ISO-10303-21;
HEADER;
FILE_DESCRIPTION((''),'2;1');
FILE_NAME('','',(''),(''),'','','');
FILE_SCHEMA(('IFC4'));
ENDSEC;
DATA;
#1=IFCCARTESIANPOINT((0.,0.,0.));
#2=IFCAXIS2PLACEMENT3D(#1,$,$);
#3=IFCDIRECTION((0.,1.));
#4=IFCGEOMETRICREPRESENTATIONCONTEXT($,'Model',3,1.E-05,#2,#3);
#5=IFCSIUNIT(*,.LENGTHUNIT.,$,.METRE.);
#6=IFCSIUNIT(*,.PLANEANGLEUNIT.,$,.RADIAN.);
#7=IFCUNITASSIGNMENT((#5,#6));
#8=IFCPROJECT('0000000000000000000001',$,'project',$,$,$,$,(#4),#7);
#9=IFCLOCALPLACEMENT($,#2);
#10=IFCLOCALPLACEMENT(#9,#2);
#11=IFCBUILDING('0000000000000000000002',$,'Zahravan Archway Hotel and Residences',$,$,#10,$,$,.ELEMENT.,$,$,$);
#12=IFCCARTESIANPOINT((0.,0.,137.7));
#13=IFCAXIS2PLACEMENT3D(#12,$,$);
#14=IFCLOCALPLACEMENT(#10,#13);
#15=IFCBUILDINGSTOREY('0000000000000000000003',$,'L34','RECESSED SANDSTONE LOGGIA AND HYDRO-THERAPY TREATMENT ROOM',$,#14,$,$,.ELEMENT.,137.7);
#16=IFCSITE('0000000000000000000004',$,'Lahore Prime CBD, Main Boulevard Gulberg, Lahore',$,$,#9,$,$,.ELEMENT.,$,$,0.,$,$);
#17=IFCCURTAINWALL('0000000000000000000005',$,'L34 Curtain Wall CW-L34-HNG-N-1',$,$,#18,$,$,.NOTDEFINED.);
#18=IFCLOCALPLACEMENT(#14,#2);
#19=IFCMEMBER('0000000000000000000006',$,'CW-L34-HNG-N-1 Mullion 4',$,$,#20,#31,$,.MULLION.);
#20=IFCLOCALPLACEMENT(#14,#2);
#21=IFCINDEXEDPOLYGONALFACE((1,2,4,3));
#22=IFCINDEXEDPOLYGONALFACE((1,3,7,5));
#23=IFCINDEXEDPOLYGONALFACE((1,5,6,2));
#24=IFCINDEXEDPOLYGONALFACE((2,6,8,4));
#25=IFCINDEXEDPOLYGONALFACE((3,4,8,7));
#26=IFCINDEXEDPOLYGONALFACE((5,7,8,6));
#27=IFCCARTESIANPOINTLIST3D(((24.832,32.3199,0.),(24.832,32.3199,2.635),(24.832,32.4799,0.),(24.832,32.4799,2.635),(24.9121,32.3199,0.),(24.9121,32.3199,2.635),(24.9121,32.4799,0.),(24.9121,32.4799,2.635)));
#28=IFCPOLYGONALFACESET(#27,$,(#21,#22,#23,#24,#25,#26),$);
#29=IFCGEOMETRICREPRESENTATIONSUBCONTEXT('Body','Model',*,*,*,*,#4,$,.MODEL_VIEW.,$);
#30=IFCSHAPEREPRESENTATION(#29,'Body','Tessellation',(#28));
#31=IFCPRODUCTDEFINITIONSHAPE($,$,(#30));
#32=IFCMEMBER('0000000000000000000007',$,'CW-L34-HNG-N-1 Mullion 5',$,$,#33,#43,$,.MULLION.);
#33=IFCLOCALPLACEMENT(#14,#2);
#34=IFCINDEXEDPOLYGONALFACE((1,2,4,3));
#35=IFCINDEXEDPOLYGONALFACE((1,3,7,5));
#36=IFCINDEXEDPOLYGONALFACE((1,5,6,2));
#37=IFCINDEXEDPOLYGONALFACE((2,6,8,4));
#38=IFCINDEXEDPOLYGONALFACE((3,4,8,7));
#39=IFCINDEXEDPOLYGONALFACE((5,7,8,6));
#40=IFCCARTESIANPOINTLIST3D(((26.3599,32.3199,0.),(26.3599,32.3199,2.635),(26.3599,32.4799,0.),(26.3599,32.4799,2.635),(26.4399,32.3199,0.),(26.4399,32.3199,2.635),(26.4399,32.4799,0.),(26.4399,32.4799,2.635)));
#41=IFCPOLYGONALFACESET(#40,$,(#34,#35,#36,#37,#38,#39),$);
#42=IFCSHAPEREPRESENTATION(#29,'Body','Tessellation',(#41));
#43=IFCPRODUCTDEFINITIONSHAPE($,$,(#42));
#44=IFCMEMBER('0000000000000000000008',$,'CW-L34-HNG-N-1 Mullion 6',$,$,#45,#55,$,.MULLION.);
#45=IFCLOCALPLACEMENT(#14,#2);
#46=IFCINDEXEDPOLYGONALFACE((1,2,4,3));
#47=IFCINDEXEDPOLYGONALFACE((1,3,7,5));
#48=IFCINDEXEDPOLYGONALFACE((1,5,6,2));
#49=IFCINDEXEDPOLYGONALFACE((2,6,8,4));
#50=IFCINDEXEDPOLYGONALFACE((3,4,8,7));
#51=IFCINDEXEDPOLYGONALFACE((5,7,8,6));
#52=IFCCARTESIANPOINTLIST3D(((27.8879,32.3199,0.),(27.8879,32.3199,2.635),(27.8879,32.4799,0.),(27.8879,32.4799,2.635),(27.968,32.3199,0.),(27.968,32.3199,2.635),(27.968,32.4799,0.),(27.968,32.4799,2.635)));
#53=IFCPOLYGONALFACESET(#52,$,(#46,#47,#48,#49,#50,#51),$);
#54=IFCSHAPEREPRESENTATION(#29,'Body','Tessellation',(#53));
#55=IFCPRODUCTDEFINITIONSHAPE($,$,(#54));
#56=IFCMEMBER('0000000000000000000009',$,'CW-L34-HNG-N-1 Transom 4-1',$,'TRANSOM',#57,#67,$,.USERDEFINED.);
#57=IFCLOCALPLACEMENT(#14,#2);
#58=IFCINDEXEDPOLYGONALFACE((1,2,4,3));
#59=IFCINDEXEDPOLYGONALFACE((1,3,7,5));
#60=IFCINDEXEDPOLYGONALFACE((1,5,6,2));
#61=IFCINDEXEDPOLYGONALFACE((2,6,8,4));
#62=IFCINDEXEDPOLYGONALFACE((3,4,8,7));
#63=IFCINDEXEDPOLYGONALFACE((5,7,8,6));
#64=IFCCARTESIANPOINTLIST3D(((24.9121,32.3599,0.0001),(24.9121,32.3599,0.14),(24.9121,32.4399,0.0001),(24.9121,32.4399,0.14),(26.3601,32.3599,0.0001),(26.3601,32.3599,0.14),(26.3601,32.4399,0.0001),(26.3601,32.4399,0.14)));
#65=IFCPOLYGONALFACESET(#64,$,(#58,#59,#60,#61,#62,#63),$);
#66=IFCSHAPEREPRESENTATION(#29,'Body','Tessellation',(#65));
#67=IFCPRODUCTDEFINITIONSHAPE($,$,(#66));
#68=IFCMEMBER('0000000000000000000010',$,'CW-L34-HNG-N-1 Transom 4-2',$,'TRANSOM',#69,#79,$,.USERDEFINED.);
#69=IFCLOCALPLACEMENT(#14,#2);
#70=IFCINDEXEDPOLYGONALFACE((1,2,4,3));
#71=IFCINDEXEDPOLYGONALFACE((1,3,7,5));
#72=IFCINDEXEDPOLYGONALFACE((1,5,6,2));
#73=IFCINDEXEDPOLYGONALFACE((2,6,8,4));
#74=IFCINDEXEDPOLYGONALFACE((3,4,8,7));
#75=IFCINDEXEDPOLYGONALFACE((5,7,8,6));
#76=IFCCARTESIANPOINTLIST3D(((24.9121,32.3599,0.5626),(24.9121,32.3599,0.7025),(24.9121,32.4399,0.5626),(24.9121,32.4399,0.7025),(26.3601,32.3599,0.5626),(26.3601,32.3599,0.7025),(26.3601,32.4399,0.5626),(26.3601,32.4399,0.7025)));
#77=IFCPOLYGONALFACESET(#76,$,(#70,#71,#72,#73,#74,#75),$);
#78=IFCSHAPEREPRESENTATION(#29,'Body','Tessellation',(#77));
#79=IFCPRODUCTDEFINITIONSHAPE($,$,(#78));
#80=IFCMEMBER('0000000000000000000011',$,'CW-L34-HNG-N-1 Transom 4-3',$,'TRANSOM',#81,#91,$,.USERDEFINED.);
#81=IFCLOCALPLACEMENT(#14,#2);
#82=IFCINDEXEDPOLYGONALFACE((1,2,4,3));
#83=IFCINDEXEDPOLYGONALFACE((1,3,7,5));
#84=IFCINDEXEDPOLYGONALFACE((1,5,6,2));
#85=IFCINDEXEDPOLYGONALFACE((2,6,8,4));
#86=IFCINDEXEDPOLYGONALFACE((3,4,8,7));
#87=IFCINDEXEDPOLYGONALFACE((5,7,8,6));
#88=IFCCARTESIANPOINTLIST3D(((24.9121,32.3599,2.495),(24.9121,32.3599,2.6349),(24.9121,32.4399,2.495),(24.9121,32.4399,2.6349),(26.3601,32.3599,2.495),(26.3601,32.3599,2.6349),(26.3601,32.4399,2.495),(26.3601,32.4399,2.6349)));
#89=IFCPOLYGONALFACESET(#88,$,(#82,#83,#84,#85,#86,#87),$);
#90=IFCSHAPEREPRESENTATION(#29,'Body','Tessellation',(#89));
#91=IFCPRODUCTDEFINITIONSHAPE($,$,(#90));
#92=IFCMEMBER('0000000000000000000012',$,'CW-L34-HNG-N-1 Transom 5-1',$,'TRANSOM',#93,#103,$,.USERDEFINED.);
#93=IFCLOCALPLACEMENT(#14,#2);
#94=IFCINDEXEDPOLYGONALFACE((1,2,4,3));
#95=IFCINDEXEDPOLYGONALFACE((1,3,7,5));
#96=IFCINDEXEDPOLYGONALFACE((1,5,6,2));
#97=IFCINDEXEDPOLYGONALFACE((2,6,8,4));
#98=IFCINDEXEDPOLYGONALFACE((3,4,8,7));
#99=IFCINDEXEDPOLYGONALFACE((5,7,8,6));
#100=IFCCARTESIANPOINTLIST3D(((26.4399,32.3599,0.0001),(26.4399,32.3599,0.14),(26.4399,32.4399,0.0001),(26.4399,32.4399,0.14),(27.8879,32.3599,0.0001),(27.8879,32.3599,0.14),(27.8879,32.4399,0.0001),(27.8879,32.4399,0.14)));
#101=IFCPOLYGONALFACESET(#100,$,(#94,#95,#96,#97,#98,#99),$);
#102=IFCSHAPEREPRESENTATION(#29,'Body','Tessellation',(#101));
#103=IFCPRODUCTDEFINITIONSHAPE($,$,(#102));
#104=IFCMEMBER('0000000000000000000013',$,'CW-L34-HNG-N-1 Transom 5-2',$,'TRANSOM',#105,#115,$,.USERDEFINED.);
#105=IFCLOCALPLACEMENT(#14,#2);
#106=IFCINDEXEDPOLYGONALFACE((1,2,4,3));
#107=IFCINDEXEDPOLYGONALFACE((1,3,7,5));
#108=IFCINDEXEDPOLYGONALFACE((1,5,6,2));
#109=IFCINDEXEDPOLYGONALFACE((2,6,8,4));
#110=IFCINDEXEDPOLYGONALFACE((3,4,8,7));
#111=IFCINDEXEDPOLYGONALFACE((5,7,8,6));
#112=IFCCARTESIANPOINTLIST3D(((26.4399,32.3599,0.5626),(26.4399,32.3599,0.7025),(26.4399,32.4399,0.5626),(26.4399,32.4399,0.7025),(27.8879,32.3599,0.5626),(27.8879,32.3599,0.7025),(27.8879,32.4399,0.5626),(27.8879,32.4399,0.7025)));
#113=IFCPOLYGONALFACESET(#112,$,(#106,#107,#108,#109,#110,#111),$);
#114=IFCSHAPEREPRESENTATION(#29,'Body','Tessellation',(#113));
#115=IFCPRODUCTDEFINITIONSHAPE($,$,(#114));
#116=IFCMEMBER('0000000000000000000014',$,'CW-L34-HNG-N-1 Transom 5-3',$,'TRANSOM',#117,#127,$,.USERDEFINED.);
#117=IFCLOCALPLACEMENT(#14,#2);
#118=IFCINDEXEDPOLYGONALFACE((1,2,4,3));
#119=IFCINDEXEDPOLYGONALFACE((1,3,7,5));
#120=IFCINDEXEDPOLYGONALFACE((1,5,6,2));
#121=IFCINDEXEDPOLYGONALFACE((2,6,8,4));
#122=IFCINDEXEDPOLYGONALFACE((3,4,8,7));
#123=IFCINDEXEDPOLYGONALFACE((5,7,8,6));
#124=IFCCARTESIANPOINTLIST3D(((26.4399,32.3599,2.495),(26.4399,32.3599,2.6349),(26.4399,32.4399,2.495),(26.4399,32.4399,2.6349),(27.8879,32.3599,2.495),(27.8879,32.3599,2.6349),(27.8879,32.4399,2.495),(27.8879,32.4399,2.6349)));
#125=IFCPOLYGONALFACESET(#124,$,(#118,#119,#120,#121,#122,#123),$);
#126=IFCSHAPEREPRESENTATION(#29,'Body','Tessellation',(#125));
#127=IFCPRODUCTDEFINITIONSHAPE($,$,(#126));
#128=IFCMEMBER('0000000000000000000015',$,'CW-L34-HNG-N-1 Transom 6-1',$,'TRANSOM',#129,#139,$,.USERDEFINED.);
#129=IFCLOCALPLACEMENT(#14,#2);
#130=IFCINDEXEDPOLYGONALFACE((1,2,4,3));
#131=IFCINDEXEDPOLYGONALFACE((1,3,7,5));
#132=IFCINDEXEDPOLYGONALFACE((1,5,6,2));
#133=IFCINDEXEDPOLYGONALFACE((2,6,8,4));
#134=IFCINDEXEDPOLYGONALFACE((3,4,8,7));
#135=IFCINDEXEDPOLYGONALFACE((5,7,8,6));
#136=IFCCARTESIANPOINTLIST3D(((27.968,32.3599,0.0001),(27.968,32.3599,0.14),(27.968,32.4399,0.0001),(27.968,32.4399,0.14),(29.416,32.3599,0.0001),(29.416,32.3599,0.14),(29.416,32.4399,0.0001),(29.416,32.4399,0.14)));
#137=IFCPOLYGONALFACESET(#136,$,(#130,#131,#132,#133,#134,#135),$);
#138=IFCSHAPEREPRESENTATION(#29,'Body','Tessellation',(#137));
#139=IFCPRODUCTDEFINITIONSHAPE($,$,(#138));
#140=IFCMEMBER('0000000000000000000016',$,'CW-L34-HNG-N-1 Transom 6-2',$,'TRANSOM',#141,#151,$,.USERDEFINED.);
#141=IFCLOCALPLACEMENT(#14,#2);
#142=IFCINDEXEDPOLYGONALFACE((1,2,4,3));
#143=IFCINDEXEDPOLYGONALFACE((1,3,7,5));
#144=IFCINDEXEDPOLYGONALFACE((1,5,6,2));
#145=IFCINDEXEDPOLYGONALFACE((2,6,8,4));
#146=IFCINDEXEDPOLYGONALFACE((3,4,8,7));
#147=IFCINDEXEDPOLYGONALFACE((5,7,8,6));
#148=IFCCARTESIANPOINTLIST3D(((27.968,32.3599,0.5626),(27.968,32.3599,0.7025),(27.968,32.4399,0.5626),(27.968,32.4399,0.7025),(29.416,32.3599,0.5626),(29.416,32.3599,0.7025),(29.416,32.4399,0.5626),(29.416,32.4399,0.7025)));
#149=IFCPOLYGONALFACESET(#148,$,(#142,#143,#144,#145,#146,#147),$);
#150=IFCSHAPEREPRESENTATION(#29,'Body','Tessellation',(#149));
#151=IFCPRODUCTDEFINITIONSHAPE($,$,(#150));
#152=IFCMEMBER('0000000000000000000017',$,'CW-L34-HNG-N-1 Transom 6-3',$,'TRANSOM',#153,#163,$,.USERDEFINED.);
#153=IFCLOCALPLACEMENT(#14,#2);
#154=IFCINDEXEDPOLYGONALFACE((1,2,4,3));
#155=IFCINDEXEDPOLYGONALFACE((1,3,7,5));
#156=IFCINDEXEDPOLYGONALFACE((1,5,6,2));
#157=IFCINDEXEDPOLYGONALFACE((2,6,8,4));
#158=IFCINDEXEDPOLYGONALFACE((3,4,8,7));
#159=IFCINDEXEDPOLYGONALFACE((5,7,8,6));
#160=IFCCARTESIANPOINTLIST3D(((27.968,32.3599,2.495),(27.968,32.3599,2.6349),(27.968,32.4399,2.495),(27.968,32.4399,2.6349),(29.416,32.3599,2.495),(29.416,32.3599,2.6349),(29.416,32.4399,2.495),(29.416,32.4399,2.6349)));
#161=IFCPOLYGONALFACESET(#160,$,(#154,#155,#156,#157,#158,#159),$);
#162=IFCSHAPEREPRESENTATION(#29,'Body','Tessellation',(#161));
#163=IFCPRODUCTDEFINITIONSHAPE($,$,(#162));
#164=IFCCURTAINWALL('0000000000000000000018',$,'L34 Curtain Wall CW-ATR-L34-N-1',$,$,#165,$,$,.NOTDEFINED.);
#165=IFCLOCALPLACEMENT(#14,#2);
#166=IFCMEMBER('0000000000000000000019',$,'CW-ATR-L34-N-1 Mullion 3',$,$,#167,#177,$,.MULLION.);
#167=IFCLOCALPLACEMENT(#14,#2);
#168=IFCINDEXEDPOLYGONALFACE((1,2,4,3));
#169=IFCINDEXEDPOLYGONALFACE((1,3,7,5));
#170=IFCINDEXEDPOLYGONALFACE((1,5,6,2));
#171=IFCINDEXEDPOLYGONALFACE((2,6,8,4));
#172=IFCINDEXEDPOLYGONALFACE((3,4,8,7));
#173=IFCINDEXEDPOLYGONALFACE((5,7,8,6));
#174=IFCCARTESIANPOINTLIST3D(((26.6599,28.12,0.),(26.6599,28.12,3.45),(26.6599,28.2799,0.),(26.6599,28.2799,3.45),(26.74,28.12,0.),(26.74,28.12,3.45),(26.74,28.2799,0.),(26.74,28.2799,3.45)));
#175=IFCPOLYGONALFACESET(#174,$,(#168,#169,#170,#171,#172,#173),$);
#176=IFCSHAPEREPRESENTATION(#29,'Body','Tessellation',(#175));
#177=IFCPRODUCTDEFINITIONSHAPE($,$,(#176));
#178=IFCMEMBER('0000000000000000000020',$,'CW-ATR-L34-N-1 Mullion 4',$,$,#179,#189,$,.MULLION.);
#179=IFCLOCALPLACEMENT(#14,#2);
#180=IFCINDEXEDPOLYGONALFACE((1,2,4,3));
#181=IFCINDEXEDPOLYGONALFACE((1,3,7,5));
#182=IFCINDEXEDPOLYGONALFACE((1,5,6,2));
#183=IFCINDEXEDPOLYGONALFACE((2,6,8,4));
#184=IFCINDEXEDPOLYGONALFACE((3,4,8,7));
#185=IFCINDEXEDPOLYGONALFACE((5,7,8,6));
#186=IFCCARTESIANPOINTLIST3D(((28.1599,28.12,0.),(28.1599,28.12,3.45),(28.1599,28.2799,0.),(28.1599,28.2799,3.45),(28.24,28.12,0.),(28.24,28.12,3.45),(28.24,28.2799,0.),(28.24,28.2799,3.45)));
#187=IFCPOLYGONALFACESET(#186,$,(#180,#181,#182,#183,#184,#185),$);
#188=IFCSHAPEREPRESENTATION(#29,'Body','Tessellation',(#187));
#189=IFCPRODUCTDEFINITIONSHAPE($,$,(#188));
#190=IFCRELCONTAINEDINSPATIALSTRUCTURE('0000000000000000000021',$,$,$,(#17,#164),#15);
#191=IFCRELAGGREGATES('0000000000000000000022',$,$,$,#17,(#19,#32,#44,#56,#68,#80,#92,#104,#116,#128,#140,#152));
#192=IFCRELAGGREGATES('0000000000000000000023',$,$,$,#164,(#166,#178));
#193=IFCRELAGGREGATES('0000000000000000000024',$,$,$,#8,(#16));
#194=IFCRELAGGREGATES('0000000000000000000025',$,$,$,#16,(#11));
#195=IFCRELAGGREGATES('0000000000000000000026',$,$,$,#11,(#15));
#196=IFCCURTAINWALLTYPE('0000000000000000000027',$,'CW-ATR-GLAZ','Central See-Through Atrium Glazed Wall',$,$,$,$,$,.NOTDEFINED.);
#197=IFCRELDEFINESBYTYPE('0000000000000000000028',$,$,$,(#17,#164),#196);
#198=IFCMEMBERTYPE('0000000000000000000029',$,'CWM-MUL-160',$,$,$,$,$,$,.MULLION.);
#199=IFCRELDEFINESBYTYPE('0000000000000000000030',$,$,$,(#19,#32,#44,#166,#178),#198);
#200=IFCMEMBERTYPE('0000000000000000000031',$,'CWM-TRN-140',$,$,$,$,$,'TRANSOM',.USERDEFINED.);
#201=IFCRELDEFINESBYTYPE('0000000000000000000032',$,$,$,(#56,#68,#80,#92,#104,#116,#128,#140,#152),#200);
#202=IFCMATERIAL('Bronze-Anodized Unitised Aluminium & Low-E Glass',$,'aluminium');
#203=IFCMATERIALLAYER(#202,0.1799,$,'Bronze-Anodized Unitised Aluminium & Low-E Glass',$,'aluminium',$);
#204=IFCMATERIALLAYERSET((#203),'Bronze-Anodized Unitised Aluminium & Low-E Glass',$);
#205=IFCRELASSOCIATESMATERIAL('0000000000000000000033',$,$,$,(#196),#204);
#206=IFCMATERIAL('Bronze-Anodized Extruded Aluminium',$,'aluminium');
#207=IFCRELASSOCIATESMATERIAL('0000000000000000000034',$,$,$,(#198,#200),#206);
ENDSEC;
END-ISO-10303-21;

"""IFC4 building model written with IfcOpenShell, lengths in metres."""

from ifc_helpers import new_model, si_unit, direction, frame, origin, origin_2d, place, context, subcontext, project, spatial, rectangle, extrude, source, transform, mapped, material, layer, layer_set, material_profile, profile_set, type_object, element, aggregate, save


model = new_model("IFC4")

# Units and contexts
model_context = context("Model", 3, precision=1e-05, world=origin(), true_north=direction((0.0, 1.0)))
body_context = subcontext(model_context, "Body", "Model", "MODEL_VIEW")
ifc_project = project(units=[si_unit("LENGTHUNIT", "METRE"), si_unit("PLANEANGLEUNIT", "RADIAN")], contexts=[model_context])

# Site, building, storey
site_placement = place(None, origin())
site = spatial("IfcSite", under=ifc_project, at=site_placement, Name="Lahore Prime CBD, Main Boulevard Gulberg, Lahore", CompositionType="ELEMENT", RefElevation=0.0)
building_placement = place(site_placement, origin())
building = spatial("IfcBuilding", under=site, at=building_placement, Name="Zahravan Archway Hotel and Residences", CompositionType="ELEMENT")
storey_placement = place(building_placement, frame((0.0, 0.0, 137.7)))
storey = spatial("IfcBuildingStorey", under=building, at=storey_placement, Name="L34", Description="RECESSED SANDSTONE LOGGIA AND HYDRO-THERAPY TREATMENT ROOM", CompositionType="ELEMENT", Elevation=137.7)

# Curtain walls, members
ifc_material_1 = material(Name="Bronze-Anodized Unitised Aluminium & Low-E Glass", Category="aluminium")
ifc_layer_1 = layer(ifc_material_1, 0.1799, Name="Bronze-Anodized Unitised Aluminium & Low-E Glass", Category="aluminium")
ifc_layer_set_1 = layer_set([ifc_layer_1], Name="Bronze-Anodized Unitised Aluminium & Low-E Glass")
curtain_wall_type = type_object("IfcCurtainWallType", Name="CW-ATR-GLAZ", Description="Central See-Through Atrium Glazed Wall", PredefinedType="NOTDEFINED", material=ifc_layer_set_1)
curtain_wall_1_placement = place(storey_placement, origin())
curtain_wall_1 = element("IfcCurtainWall", 1, at=curtain_wall_1_placement, inside=storey, type_object=curtain_wall_type, Name="L34 Curtain Wall CW-L34-HNG-N-1", PredefinedType="NOTDEFINED")
ifc_material_2 = material(Name="Bronze-Anodized Extruded Aluminium", Category="aluminium")
ifc_material_profile_1 = material_profile(ifc_material_2, rectangle(XDim=0.0801, YDim=0.1599, at=origin_2d()), Name="MUL 80x160", Category="aluminium")
ifc_profile_set_1 = profile_set([ifc_material_profile_1], Name="Bronze-Anodized Extruded Aluminium")
member_type_1 = type_object("IfcMemberType", Name="CWM-MUL-160", PredefinedType="MULLION", material=ifc_profile_set_1)
shared_shape_1 = source(origin(), body_context, "Body", "SweptSolid", [
    extrude(rectangle(XDim=0.0801, YDim=0.1599, at=origin_2d()), origin(), (0.0, 0.0, 1.0), 2.635),
])
member_1_placement = place(storey_placement, frame((24.8721, 32.3999, 0.0), z_axis=(0.0, 0.0, 1.0), x_axis=(1.0, 0.0, 0.0)))
member_1 = element("IfcMember", 2, at=member_1_placement, type_object=member_type_1, Name="CW-L34-HNG-N-1 Mullion 4", PredefinedType="MULLION", context=body_context, shape_type="MappedRepresentation", body=[
    mapped(shared_shape_1, transform((0.0, 0.0, 0.0), scale=1.0)),
])
member_2_placement = place(storey_placement, frame((26.3999, 32.3999, 0.0), z_axis=(0.0, 0.0, 1.0), x_axis=(1.0, 0.0, 0.0)))
member_2 = element("IfcMember", 3, at=member_2_placement, type_object=member_type_1, Name="CW-L34-HNG-N-1 Mullion 5", PredefinedType="MULLION", context=body_context, shape_type="MappedRepresentation", body=[
    mapped(shared_shape_1, transform((0.0, 0.0, 0.0), scale=1.0)),
])
member_3_placement = place(storey_placement, frame((27.928, 32.3999, 0.0), z_axis=(0.0, 0.0, 1.0), x_axis=(1.0, 0.0, 0.0)))
member_3 = element("IfcMember", 4, at=member_3_placement, type_object=member_type_1, Name="CW-L34-HNG-N-1 Mullion 6", PredefinedType="MULLION", context=body_context, shape_type="MappedRepresentation", body=[
    mapped(shared_shape_1, transform((0.0, 0.0, 0.0), scale=1.0)),
])
ifc_material_profile_2 = material_profile(ifc_material_2, rectangle(XDim=0.0801, YDim=0.1399, at=origin_2d()), Name="TRN 80x140", Category="aluminium")
ifc_profile_set_2 = profile_set([ifc_material_profile_2], Name="Bronze-Anodized Extruded Aluminium")
member_type_2 = type_object("IfcMemberType", Name="CWM-TRN-140", ElementType="TRANSOM", PredefinedType="USERDEFINED", material=ifc_profile_set_2)
shared_shape_2 = source(origin(), body_context, "Body", "SweptSolid", [
    extrude(rectangle(XDim=0.0801, YDim=0.1399, at=origin_2d()), origin(), (0.0, 0.0, 1.0), 1.448),
])
member_4_placement = place(storey_placement, frame((24.9121, 32.3999, 0.0701), z_axis=(1.0, 0.0, 0.0), x_axis=(0.0, 1.0, 0.0)))
member_4 = element("IfcMember", 5, at=member_4_placement, type_object=member_type_2, Name="CW-L34-HNG-N-1 Transom 4-1", ObjectType="TRANSOM", PredefinedType="USERDEFINED", context=body_context, shape_type="MappedRepresentation", body=[
    mapped(shared_shape_2, transform((0.0, 0.0, 0.0), scale=1.0)),
])
member_5_placement = place(storey_placement, frame((24.9121, 32.3999, 0.6326), z_axis=(1.0, 0.0, 0.0), x_axis=(0.0, 1.0, 0.0)))
member_5 = element("IfcMember", 6, at=member_5_placement, type_object=member_type_2, Name="CW-L34-HNG-N-1 Transom 4-2", ObjectType="TRANSOM", PredefinedType="USERDEFINED", context=body_context, shape_type="MappedRepresentation", body=[
    mapped(shared_shape_2, transform((0.0, 0.0, 0.0), scale=1.0)),
])
member_6_placement = place(storey_placement, frame((24.9121, 32.3999, 2.5649), z_axis=(1.0, 0.0, 0.0), x_axis=(0.0, 1.0, 0.0)))
member_6 = element("IfcMember", 7, at=member_6_placement, type_object=member_type_2, Name="CW-L34-HNG-N-1 Transom 4-3", ObjectType="TRANSOM", PredefinedType="USERDEFINED", context=body_context, shape_type="MappedRepresentation", body=[
    mapped(shared_shape_2, transform((0.0, 0.0, 0.0), scale=1.0)),
])
member_7_placement = place(storey_placement, frame((26.4399, 32.3999, 0.0701), z_axis=(1.0, 0.0, 0.0), x_axis=(0.0, 1.0, 0.0)))
member_7 = element("IfcMember", 8, at=member_7_placement, type_object=member_type_2, Name="CW-L34-HNG-N-1 Transom 5-1", ObjectType="TRANSOM", PredefinedType="USERDEFINED", context=body_context, shape_type="MappedRepresentation", body=[
    mapped(shared_shape_2, transform((0.0, 0.0, 0.0), scale=1.0)),
])
member_8_placement = place(storey_placement, frame((26.4399, 32.3999, 0.6326), z_axis=(1.0, 0.0, 0.0), x_axis=(0.0, 1.0, 0.0)))
member_8 = element("IfcMember", 9, at=member_8_placement, type_object=member_type_2, Name="CW-L34-HNG-N-1 Transom 5-2", ObjectType="TRANSOM", PredefinedType="USERDEFINED", context=body_context, shape_type="MappedRepresentation", body=[
    mapped(shared_shape_2, transform((0.0, 0.0, 0.0), scale=1.0)),
])
member_9_placement = place(storey_placement, frame((26.4399, 32.3999, 2.5649), z_axis=(1.0, 0.0, 0.0), x_axis=(0.0, 1.0, 0.0)))
member_9 = element("IfcMember", 10, at=member_9_placement, type_object=member_type_2, Name="CW-L34-HNG-N-1 Transom 5-3", ObjectType="TRANSOM", PredefinedType="USERDEFINED", context=body_context, shape_type="MappedRepresentation", body=[
    mapped(shared_shape_2, transform((0.0, 0.0, 0.0), scale=1.0)),
])
member_10_placement = place(storey_placement, frame((27.968, 32.3999, 0.0701), z_axis=(1.0, 0.0, 0.0), x_axis=(0.0, 1.0, 0.0)))
member_10 = element("IfcMember", 11, at=member_10_placement, type_object=member_type_2, Name="CW-L34-HNG-N-1 Transom 6-1", ObjectType="TRANSOM", PredefinedType="USERDEFINED", context=body_context, shape_type="MappedRepresentation", body=[
    mapped(shared_shape_2, transform((0.0, 0.0, 0.0), scale=1.0)),
])
member_11_placement = place(storey_placement, frame((27.968, 32.3999, 0.6326), z_axis=(1.0, 0.0, 0.0), x_axis=(0.0, 1.0, 0.0)))
member_11 = element("IfcMember", 12, at=member_11_placement, type_object=member_type_2, Name="CW-L34-HNG-N-1 Transom 6-2", ObjectType="TRANSOM", PredefinedType="USERDEFINED", context=body_context, shape_type="MappedRepresentation", body=[
    mapped(shared_shape_2, transform((0.0, 0.0, 0.0), scale=1.0)),
])
member_12_placement = place(storey_placement, frame((27.968, 32.3999, 2.5649), z_axis=(1.0, 0.0, 0.0), x_axis=(0.0, 1.0, 0.0)))
member_12 = element("IfcMember", 13, at=member_12_placement, type_object=member_type_2, Name="CW-L34-HNG-N-1 Transom 6-3", ObjectType="TRANSOM", PredefinedType="USERDEFINED", context=body_context, shape_type="MappedRepresentation", body=[
    mapped(shared_shape_2, transform((0.0, 0.0, 0.0), scale=1.0)),
])
curtain_wall_2_placement = place(storey_placement, origin())
curtain_wall_2 = element("IfcCurtainWall", 14, at=curtain_wall_2_placement, inside=storey, type_object=curtain_wall_type, Name="L34 Curtain Wall CW-ATR-L34-N-1", PredefinedType="NOTDEFINED")
shared_shape_3 = source(origin(), body_context, "Body", "SweptSolid", [
    extrude(rectangle(XDim=0.0801, YDim=0.1599, at=origin_2d()), origin(), (0.0, 0.0, 1.0), 3.45),
])
member_13_placement = place(storey_placement, frame((26.7, 28.2, 0.0), z_axis=(0.0, 0.0, 1.0), x_axis=(1.0, 0.0, 0.0)))
member_13 = element("IfcMember", 15, at=member_13_placement, type_object=member_type_1, Name="CW-ATR-L34-N-1 Mullion 3", PredefinedType="MULLION", context=body_context, shape_type="MappedRepresentation", body=[
    mapped(shared_shape_3, transform((0.0, 0.0, 0.0), scale=1.0)),
])
member_14_placement = place(storey_placement, frame((28.2, 28.2, 0.0), z_axis=(0.0, 0.0, 1.0), x_axis=(1.0, 0.0, 0.0)))
member_14 = element("IfcMember", 16, at=member_14_placement, type_object=member_type_1, Name="CW-ATR-L34-N-1 Mullion 4", PredefinedType="MULLION", context=body_context, shape_type="MappedRepresentation", body=[
    mapped(shared_shape_3, transform((0.0, 0.0, 0.0), scale=1.0)),
])

aggregate(curtain_wall_1, [member_1, member_2, member_3, member_4, member_5, member_6, member_7, member_8, member_9, member_10, member_11, member_12])
aggregate(curtain_wall_2, [member_13, member_14])

save(model, "model.ifc")
